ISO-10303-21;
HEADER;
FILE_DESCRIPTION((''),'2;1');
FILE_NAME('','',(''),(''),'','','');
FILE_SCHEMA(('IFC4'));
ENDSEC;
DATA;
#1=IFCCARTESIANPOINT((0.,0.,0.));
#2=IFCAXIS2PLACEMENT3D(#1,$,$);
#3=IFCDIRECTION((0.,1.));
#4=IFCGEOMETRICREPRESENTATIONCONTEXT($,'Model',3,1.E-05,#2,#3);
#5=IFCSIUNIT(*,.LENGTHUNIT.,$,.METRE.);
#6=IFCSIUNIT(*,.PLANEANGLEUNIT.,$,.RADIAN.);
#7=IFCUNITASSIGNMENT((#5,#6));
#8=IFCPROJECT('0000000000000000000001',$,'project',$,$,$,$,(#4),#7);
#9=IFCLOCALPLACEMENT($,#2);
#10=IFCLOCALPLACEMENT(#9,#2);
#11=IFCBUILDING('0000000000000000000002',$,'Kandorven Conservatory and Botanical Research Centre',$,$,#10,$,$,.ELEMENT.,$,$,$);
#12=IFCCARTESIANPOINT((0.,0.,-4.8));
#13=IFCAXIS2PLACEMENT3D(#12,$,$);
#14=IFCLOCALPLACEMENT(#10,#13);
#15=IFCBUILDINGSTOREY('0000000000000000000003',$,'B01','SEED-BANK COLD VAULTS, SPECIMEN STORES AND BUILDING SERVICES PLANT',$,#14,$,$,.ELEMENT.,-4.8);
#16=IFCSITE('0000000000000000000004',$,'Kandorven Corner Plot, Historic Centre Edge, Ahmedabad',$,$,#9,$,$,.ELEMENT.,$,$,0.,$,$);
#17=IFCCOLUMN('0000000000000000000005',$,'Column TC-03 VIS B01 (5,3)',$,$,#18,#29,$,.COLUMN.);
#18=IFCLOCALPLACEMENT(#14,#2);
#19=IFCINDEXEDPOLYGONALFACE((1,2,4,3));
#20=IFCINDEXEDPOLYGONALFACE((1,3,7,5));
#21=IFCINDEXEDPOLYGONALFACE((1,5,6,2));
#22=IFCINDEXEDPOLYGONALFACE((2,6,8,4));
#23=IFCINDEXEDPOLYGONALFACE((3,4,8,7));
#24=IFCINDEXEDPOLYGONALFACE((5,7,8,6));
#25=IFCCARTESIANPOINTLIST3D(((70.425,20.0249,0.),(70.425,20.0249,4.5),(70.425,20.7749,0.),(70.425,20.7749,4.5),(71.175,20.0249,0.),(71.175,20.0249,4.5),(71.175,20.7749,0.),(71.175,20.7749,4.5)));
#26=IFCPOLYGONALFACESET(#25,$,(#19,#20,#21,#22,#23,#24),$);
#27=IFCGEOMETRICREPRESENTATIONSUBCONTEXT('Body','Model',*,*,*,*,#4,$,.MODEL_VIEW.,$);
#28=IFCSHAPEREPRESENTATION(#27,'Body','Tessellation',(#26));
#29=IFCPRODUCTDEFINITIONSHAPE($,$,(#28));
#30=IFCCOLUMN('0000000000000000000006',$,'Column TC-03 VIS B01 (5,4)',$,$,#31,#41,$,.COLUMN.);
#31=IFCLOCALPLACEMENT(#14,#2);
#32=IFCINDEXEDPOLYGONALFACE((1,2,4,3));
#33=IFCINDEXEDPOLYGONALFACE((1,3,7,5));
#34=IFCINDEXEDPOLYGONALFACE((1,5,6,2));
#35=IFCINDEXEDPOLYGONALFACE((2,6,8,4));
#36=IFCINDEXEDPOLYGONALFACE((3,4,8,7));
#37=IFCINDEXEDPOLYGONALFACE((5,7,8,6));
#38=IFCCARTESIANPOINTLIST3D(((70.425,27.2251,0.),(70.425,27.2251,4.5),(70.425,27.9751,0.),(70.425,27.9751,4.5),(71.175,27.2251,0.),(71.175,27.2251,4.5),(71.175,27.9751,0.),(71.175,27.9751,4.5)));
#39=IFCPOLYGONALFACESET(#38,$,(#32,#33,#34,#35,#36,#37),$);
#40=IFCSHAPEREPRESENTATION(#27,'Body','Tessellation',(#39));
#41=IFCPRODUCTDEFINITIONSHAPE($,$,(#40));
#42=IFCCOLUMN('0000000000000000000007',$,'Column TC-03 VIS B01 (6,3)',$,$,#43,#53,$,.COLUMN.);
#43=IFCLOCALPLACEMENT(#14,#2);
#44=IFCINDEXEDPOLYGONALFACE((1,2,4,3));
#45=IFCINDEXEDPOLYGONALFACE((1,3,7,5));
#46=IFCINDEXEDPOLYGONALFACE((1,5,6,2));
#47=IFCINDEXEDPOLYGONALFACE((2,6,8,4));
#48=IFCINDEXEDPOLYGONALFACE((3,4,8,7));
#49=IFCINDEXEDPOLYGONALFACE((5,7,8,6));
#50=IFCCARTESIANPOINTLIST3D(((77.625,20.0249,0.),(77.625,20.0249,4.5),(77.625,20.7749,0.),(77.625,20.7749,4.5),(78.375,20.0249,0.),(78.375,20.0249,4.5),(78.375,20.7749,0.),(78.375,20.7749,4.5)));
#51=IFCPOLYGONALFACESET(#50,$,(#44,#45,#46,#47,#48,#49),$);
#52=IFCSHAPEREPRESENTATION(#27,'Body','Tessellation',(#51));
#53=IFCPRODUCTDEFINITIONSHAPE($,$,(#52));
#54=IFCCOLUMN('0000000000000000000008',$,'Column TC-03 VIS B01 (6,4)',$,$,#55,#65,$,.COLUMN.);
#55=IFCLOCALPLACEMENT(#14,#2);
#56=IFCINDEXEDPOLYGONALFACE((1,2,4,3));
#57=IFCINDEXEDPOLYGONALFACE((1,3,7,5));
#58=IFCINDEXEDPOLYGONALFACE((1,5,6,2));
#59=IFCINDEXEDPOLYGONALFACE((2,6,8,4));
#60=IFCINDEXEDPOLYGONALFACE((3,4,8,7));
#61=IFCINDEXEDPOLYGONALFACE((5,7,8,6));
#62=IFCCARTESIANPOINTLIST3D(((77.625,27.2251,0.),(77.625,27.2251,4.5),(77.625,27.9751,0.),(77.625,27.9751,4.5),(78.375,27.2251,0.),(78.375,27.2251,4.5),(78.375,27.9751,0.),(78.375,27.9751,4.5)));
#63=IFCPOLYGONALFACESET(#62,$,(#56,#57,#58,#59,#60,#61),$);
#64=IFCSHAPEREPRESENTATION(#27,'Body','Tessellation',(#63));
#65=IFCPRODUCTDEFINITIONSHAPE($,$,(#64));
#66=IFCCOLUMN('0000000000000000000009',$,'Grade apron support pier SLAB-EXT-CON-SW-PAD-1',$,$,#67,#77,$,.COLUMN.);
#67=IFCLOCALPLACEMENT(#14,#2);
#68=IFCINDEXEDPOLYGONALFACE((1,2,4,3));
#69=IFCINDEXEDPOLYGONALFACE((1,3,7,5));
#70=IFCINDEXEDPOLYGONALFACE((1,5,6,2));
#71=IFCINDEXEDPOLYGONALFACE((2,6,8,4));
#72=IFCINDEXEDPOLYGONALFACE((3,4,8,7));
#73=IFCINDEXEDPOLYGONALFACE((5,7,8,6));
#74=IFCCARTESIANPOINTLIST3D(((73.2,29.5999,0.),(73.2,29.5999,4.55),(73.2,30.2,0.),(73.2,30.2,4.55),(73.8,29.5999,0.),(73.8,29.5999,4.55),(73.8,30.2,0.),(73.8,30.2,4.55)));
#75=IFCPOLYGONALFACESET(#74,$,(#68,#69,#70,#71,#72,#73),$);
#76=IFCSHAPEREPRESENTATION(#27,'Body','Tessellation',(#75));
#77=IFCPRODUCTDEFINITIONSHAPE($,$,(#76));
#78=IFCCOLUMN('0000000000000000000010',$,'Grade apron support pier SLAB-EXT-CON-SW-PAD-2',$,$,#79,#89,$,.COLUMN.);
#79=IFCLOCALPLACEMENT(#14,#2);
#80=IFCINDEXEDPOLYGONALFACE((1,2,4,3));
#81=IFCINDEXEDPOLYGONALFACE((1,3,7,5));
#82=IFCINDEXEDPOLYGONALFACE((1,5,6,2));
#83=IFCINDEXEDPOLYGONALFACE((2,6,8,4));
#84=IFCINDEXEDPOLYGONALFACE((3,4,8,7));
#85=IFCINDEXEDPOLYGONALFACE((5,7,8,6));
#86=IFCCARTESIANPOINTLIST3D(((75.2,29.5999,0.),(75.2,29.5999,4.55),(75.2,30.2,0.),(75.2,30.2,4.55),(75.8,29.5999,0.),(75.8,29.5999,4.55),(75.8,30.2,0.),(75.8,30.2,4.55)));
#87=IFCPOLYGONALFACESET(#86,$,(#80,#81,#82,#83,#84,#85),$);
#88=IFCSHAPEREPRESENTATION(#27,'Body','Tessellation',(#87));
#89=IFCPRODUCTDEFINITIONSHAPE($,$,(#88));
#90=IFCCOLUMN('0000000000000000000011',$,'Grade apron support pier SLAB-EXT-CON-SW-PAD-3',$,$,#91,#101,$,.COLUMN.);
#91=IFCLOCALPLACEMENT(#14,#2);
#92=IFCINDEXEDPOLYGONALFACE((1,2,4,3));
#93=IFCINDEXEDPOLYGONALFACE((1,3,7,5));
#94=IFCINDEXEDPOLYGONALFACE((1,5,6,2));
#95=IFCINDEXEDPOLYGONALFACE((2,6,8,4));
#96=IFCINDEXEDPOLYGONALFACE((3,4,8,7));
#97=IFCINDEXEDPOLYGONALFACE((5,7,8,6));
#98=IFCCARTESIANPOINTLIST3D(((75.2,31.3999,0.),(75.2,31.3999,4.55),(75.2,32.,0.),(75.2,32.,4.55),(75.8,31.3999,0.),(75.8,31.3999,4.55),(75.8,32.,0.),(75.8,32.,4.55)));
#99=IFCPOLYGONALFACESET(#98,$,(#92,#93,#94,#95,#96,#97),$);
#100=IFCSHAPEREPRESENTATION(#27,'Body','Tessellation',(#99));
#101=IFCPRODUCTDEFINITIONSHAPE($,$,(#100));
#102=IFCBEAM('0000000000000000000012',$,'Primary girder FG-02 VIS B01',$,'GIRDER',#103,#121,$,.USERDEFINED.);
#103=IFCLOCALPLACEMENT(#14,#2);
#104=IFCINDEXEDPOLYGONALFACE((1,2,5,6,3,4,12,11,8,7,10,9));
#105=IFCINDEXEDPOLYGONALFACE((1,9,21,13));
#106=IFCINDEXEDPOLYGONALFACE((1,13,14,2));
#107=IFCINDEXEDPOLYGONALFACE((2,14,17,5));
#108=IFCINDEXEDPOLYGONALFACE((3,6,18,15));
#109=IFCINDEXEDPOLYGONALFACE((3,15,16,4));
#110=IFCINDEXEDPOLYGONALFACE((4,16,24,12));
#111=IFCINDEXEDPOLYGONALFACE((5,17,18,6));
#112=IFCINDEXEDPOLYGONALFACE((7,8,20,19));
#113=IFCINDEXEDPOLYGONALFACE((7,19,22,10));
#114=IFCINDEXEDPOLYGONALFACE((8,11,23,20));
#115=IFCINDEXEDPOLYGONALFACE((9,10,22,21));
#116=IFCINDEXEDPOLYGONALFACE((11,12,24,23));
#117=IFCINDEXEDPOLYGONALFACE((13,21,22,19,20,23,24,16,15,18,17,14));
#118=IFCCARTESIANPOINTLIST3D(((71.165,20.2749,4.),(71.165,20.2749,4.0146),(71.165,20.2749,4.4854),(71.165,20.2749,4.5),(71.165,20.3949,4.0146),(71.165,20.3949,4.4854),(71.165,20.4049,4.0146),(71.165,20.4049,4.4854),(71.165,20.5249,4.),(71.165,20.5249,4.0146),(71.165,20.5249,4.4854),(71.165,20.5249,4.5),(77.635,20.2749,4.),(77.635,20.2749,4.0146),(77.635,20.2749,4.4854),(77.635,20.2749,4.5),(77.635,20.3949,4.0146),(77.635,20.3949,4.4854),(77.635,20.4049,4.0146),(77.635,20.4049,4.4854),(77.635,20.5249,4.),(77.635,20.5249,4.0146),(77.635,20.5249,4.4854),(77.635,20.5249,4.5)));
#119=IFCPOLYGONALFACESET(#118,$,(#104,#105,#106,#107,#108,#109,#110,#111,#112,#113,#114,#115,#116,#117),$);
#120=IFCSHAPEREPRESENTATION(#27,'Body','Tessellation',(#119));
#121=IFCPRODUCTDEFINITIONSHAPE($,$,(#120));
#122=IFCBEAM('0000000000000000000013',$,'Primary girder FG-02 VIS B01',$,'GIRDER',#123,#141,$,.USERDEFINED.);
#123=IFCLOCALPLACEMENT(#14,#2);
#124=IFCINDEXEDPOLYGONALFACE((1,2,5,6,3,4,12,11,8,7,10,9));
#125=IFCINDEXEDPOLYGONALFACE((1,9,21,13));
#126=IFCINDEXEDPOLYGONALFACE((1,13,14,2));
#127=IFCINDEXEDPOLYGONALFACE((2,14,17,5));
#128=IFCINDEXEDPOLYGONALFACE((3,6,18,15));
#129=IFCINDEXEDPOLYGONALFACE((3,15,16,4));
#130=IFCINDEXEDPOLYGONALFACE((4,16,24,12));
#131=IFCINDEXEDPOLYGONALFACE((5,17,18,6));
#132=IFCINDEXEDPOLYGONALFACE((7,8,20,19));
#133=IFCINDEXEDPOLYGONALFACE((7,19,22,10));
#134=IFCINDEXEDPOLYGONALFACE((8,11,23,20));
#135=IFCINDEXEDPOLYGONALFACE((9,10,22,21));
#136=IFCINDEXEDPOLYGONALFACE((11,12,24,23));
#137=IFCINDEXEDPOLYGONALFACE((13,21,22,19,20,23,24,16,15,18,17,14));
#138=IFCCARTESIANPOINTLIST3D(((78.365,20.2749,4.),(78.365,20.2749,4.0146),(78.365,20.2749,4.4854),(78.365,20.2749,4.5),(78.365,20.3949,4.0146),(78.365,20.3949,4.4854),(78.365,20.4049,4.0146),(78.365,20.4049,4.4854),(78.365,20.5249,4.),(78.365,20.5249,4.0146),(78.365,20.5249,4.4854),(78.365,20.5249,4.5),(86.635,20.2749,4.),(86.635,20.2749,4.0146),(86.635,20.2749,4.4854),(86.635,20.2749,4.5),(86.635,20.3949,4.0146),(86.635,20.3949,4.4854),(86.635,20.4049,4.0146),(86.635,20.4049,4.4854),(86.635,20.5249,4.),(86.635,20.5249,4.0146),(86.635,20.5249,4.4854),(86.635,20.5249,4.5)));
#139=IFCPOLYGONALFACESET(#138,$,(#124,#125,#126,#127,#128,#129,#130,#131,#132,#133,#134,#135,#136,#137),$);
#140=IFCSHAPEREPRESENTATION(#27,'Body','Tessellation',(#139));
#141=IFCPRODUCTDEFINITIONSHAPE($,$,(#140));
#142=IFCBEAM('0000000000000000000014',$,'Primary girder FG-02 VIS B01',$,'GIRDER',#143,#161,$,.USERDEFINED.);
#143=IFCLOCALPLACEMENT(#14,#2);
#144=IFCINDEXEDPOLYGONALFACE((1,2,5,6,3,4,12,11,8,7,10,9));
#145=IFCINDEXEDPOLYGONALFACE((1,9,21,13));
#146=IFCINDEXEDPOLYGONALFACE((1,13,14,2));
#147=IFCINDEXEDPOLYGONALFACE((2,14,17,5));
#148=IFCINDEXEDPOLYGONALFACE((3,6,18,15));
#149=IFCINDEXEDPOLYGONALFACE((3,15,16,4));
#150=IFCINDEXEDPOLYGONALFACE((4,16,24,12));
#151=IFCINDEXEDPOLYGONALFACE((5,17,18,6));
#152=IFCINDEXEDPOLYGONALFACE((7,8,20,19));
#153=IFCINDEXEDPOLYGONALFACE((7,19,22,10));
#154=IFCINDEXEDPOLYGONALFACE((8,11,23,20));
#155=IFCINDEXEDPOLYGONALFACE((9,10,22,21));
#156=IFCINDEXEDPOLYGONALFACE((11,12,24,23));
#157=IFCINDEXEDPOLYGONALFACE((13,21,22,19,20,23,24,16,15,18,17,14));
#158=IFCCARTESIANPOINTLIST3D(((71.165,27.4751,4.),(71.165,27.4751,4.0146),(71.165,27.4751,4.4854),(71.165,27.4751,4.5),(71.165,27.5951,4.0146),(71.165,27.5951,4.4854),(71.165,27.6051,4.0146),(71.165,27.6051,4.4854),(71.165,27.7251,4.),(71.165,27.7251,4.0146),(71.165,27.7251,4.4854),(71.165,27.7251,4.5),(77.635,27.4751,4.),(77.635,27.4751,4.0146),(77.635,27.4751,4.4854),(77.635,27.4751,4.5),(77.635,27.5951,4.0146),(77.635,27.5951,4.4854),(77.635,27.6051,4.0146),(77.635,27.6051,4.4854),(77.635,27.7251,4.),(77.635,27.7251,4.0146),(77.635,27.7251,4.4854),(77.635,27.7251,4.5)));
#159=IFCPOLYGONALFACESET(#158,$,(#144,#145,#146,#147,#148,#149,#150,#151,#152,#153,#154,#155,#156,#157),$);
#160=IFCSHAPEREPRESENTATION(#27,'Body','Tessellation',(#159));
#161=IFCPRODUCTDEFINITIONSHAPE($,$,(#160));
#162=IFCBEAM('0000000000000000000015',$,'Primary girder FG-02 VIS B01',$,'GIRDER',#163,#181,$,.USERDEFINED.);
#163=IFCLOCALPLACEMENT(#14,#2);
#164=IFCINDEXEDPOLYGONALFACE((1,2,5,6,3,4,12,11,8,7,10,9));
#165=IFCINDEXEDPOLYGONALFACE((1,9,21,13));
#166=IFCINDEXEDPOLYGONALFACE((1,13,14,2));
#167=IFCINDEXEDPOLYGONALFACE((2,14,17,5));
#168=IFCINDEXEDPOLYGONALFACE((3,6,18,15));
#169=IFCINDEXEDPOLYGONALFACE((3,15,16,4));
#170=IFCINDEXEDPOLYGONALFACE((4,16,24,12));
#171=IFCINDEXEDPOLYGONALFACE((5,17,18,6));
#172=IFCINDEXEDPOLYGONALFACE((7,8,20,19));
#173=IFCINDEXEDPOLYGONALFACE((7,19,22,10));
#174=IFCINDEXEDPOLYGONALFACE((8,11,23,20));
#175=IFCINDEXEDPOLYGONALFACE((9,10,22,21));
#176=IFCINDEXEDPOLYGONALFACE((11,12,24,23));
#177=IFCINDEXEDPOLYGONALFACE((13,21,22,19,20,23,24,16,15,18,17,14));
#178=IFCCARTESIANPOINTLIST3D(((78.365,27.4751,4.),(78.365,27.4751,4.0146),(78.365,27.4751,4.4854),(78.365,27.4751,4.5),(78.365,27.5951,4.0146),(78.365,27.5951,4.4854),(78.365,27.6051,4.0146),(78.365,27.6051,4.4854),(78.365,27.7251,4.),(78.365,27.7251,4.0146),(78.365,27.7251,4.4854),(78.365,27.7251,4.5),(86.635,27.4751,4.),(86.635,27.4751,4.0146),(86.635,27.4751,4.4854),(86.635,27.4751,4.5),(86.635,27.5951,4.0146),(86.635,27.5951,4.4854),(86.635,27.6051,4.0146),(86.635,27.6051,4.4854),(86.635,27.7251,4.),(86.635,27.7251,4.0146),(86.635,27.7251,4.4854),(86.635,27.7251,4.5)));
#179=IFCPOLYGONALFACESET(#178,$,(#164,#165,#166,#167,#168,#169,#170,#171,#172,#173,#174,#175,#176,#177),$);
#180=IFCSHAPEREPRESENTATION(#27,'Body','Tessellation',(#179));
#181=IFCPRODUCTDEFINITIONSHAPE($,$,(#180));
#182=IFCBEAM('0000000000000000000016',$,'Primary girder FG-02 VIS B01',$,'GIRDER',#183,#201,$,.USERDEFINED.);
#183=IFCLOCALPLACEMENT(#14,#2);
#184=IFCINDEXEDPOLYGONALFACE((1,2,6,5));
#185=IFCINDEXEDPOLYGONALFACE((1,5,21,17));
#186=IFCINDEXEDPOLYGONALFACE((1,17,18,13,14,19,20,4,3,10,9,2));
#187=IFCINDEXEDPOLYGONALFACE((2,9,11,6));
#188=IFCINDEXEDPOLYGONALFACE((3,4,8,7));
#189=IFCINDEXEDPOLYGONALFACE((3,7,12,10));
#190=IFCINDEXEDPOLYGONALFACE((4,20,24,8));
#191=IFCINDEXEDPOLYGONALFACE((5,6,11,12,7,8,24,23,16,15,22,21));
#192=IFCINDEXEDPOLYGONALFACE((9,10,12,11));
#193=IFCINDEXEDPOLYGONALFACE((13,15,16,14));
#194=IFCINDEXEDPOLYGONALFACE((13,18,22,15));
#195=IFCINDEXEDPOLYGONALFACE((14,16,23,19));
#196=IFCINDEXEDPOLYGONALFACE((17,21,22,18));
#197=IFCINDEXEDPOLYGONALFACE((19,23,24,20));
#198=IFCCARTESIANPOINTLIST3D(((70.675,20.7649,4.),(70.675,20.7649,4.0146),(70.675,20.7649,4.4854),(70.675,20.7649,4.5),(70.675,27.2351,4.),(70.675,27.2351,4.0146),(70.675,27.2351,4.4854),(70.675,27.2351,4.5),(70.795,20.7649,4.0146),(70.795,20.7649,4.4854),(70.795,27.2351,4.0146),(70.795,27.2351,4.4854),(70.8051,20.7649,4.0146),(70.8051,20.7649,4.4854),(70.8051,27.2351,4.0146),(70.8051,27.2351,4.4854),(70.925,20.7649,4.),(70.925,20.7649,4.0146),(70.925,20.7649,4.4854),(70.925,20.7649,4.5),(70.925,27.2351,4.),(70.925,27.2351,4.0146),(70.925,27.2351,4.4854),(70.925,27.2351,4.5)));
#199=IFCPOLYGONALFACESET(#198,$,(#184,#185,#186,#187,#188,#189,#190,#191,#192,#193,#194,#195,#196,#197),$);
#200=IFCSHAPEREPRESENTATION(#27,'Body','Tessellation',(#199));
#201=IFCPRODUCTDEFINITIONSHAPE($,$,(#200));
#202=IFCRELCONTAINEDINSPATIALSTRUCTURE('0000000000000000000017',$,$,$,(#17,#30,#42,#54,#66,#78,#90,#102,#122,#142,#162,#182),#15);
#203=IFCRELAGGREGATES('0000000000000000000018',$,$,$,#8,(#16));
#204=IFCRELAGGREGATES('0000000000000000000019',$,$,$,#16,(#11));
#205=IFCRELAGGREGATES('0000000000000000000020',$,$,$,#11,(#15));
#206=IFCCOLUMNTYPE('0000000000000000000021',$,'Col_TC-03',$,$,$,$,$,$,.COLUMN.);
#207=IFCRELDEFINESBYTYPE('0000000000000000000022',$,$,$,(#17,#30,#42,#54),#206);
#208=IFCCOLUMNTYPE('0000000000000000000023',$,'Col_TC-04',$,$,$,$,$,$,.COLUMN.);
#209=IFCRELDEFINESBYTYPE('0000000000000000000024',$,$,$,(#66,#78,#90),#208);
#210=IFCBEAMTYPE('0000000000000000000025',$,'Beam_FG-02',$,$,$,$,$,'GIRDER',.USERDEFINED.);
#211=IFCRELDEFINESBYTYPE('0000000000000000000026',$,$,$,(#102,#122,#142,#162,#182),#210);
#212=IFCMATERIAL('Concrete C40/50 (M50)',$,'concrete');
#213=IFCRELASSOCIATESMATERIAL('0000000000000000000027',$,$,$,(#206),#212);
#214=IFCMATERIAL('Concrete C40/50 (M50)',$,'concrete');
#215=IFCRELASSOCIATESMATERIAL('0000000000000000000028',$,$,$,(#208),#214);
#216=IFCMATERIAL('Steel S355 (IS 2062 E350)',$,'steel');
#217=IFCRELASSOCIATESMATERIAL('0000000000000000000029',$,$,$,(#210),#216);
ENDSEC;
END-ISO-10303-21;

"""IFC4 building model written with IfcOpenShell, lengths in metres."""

from ifc_helpers import new_model, si_unit, direction, frame, origin, origin_2d, place, context, subcontext, project, spatial, rectangle, i_section, extrude, material, material_profile, profile_set, type_object, element, save


model = new_model("IFC4")

# Units and contexts
model_context = context("Model", 3, precision=1e-05, world=origin(), true_north=direction((0.0, 1.0)))
body_context = subcontext(model_context, "Body", "Model", "MODEL_VIEW")
ifc_project = project(units=[si_unit("LENGTHUNIT", "METRE"), si_unit("PLANEANGLEUNIT", "RADIAN")], contexts=[model_context])

# Site, building, storey
site_placement = place(None, origin())
site = spatial("IfcSite", under=ifc_project, at=site_placement, Name="Kandorven Corner Plot, Historic Centre Edge, Ahmedabad", CompositionType="ELEMENT", RefElevation=0.0)
building_placement = place(site_placement, origin())
building = spatial("IfcBuilding", under=site, at=building_placement, Name="Kandorven Conservatory and Botanical Research Centre", CompositionType="ELEMENT")
storey_placement = place(building_placement, frame((0.0, 0.0, -4.8)))
storey = spatial("IfcBuildingStorey", under=building, at=storey_placement, Name="B01", Description="SEED-BANK COLD VAULTS, SPECIMEN STORES AND BUILDING SERVICES PLANT", CompositionType="ELEMENT", Elevation=-4.8)

# Columns
ifc_material_1 = material(Name="Concrete C40/50 (M50)", Category="concrete")
ifc_material_profile_1 = material_profile(ifc_material_1, rectangle(XDim=0.75, YDim=0.75, at=origin_2d()))
ifc_profile_set_1 = profile_set([ifc_material_profile_1], Name="Concrete C40/50 (M50)")
column_type_1 = type_object("IfcColumnType", Name="Col_TC-03", PredefinedType="COLUMN", material=ifc_profile_set_1)
for number, where, z_axis, x_axis, name in (
    (1, (70.8, 20.3999, 0.0), (0.0, 0.0, 1.0), (1.0, 0.0, 0.0), "Column TC-03 VIS B01 (5,3)"),
    (2, (70.8, 27.6001, 0.0), (0.0, 0.0, 1.0), (1.0, 0.0, 0.0), "Column TC-03 VIS B01 (5,4)"),
    (3, (78.0, 20.3999, 0.0), (0.0, 0.0, 1.0), (1.0, 0.0, 0.0), "Column TC-03 VIS B01 (6,3)"),
    (4, (78.0, 27.6001, 0.0), (0.0, 0.0, 1.0), (1.0, 0.0, 0.0), "Column TC-03 VIS B01 (6,4)"),
):
    element("IfcColumn", number, at=place(storey_placement, frame(where, z_axis=z_axis, x_axis=x_axis)), inside=storey, type_object=column_type_1, Name=name, PredefinedType="COLUMN", context=body_context, shape_type="SweptSolid", body=[
        extrude(rectangle(XDim=0.75, YDim=0.75, at=origin_2d()), origin(), (0.0, 0.0, 1.0), 4.5),
    ])
ifc_material_2 = material(Name="Concrete C40/50 (M50)", Category="concrete")
ifc_material_profile_2 = material_profile(ifc_material_2, rectangle(XDim=0.6001, YDim=0.6001, at=origin_2d()))
ifc_profile_set_2 = profile_set([ifc_material_profile_2], Name="Concrete C40/50 (M50)")
column_type_2 = type_object("IfcColumnType", Name="Col_TC-04", PredefinedType="COLUMN", material=ifc_profile_set_2)
for number, where, z_axis, x_axis, name in (
    (5, (73.5, 29.8999, 0.0), (0.0, 0.0, 1.0), (1.0, 0.0, 0.0), "Grade apron support pier SLAB-EXT-CON-SW-PAD-1"),
    (6, (75.5, 29.8999, 0.0), (0.0, 0.0, 1.0), (1.0, 0.0, 0.0), "Grade apron support pier SLAB-EXT-CON-SW-PAD-2"),
    (7, (75.5, 31.7, 0.0), (0.0, 0.0, 1.0), (1.0, 0.0, 0.0), "Grade apron support pier SLAB-EXT-CON-SW-PAD-3"),
):
    element("IfcColumn", number, at=place(storey_placement, frame(where, z_axis=z_axis, x_axis=x_axis)), inside=storey, type_object=column_type_2, Name=name, PredefinedType="COLUMN", context=body_context, shape_type="SweptSolid", body=[
        extrude(rectangle(XDim=0.6001, YDim=0.6001, at=origin_2d()), origin(), (0.0, 0.0, 1.0), 4.55),
    ])

# Beams
ifc_material_3 = material(Name="Steel S355 (IS 2062 E350)", Category="steel")
ifc_material_profile_3 = material_profile(ifc_material_3, i_section(OverallWidth=0.25, OverallDepth=0.5, WebThickness=0.01, FlangeThickness=0.0146, at=origin_2d()))
ifc_profile_set_3 = profile_set([ifc_material_profile_3], Name="Steel S355 (IS 2062 E350)")
beam_type_1 = type_object("IfcBeamType", Name="Beam_FG-02", ElementType="GIRDER", PredefinedType="USERDEFINED", material=ifc_profile_set_3)
beam_1_placement = place(storey_placement, frame((71.165, 20.3999, 4.25), z_axis=(1.0, 0.0, 0.0), x_axis=(0.0, 1.0, 0.0)))
element("IfcBeam", 8, at=beam_1_placement, inside=storey, type_object=beam_type_1, Name="Primary girder FG-02 VIS B01", ObjectType="GIRDER", PredefinedType="USERDEFINED", context=body_context, shape_type="SweptSolid", body=[
    extrude(i_section(OverallWidth=0.25, OverallDepth=0.5, WebThickness=0.01, FlangeThickness=0.0146, at=origin_2d()), origin(), (0.0, 0.0, 1.0), 6.47),
])
beam_2_placement = place(storey_placement, frame((78.365, 20.3999, 4.25), z_axis=(1.0, 0.0, 0.0), x_axis=(0.0, 1.0, 0.0)))
element("IfcBeam", 9, at=beam_2_placement, inside=storey, type_object=beam_type_1, Name="Primary girder FG-02 VIS B01", ObjectType="GIRDER", PredefinedType="USERDEFINED", context=body_context, shape_type="SweptSolid", body=[
    extrude(i_section(OverallWidth=0.25, OverallDepth=0.5, WebThickness=0.01, FlangeThickness=0.0146, at=origin_2d()), origin(), (0.0, 0.0, 1.0), 8.27),
])
beam_3_placement = place(storey_placement, frame((71.165, 27.6001, 4.25), z_axis=(1.0, 0.0, 0.0), x_axis=(0.0, 1.0, 0.0)))
element("IfcBeam", 10, at=beam_3_placement, inside=storey, type_object=beam_type_1, Name="Primary girder FG-02 VIS B01", ObjectType="GIRDER", PredefinedType="USERDEFINED", context=body_context, shape_type="SweptSolid", body=[
    extrude(i_section(OverallWidth=0.25, OverallDepth=0.5, WebThickness=0.01, FlangeThickness=0.0146, at=origin_2d()), origin(), (0.0, 0.0, 1.0), 6.47),
])
beam_4_placement = place(storey_placement, frame((78.365, 27.6001, 4.25), z_axis=(1.0, 0.0, 0.0), x_axis=(0.0, 1.0, 0.0)))
element("IfcBeam", 11, at=beam_4_placement, inside=storey, type_object=beam_type_1, Name="Primary girder FG-02 VIS B01", ObjectType="GIRDER", PredefinedType="USERDEFINED", context=body_context, shape_type="SweptSolid", body=[
    extrude(i_section(OverallWidth=0.25, OverallDepth=0.5, WebThickness=0.01, FlangeThickness=0.0146, at=origin_2d()), origin(), (0.0, 0.0, 1.0), 8.27),
])
for number, where, z_axis, x_axis, name in (
    (12, (70.8, 20.7649, 4.25), (0.0, 1.0, 0.0), (-1.0, 0.0, 0.0), "Primary girder FG-02 VIS B01"),
):
    element("IfcBeam", number, at=place(storey_placement, frame(where, z_axis=z_axis, x_axis=x_axis)), inside=storey, type_object=beam_type_1, Name=name, ObjectType="GIRDER", PredefinedType="USERDEFINED", context=body_context, shape_type="SweptSolid", body=[
        extrude(i_section(OverallWidth=0.25, OverallDepth=0.5, WebThickness=0.01, FlangeThickness=0.0146, at=origin_2d()), origin(), (0.0, 0.0, 1.0), 6.4702),
    ])

save(model, "model.ifc")
